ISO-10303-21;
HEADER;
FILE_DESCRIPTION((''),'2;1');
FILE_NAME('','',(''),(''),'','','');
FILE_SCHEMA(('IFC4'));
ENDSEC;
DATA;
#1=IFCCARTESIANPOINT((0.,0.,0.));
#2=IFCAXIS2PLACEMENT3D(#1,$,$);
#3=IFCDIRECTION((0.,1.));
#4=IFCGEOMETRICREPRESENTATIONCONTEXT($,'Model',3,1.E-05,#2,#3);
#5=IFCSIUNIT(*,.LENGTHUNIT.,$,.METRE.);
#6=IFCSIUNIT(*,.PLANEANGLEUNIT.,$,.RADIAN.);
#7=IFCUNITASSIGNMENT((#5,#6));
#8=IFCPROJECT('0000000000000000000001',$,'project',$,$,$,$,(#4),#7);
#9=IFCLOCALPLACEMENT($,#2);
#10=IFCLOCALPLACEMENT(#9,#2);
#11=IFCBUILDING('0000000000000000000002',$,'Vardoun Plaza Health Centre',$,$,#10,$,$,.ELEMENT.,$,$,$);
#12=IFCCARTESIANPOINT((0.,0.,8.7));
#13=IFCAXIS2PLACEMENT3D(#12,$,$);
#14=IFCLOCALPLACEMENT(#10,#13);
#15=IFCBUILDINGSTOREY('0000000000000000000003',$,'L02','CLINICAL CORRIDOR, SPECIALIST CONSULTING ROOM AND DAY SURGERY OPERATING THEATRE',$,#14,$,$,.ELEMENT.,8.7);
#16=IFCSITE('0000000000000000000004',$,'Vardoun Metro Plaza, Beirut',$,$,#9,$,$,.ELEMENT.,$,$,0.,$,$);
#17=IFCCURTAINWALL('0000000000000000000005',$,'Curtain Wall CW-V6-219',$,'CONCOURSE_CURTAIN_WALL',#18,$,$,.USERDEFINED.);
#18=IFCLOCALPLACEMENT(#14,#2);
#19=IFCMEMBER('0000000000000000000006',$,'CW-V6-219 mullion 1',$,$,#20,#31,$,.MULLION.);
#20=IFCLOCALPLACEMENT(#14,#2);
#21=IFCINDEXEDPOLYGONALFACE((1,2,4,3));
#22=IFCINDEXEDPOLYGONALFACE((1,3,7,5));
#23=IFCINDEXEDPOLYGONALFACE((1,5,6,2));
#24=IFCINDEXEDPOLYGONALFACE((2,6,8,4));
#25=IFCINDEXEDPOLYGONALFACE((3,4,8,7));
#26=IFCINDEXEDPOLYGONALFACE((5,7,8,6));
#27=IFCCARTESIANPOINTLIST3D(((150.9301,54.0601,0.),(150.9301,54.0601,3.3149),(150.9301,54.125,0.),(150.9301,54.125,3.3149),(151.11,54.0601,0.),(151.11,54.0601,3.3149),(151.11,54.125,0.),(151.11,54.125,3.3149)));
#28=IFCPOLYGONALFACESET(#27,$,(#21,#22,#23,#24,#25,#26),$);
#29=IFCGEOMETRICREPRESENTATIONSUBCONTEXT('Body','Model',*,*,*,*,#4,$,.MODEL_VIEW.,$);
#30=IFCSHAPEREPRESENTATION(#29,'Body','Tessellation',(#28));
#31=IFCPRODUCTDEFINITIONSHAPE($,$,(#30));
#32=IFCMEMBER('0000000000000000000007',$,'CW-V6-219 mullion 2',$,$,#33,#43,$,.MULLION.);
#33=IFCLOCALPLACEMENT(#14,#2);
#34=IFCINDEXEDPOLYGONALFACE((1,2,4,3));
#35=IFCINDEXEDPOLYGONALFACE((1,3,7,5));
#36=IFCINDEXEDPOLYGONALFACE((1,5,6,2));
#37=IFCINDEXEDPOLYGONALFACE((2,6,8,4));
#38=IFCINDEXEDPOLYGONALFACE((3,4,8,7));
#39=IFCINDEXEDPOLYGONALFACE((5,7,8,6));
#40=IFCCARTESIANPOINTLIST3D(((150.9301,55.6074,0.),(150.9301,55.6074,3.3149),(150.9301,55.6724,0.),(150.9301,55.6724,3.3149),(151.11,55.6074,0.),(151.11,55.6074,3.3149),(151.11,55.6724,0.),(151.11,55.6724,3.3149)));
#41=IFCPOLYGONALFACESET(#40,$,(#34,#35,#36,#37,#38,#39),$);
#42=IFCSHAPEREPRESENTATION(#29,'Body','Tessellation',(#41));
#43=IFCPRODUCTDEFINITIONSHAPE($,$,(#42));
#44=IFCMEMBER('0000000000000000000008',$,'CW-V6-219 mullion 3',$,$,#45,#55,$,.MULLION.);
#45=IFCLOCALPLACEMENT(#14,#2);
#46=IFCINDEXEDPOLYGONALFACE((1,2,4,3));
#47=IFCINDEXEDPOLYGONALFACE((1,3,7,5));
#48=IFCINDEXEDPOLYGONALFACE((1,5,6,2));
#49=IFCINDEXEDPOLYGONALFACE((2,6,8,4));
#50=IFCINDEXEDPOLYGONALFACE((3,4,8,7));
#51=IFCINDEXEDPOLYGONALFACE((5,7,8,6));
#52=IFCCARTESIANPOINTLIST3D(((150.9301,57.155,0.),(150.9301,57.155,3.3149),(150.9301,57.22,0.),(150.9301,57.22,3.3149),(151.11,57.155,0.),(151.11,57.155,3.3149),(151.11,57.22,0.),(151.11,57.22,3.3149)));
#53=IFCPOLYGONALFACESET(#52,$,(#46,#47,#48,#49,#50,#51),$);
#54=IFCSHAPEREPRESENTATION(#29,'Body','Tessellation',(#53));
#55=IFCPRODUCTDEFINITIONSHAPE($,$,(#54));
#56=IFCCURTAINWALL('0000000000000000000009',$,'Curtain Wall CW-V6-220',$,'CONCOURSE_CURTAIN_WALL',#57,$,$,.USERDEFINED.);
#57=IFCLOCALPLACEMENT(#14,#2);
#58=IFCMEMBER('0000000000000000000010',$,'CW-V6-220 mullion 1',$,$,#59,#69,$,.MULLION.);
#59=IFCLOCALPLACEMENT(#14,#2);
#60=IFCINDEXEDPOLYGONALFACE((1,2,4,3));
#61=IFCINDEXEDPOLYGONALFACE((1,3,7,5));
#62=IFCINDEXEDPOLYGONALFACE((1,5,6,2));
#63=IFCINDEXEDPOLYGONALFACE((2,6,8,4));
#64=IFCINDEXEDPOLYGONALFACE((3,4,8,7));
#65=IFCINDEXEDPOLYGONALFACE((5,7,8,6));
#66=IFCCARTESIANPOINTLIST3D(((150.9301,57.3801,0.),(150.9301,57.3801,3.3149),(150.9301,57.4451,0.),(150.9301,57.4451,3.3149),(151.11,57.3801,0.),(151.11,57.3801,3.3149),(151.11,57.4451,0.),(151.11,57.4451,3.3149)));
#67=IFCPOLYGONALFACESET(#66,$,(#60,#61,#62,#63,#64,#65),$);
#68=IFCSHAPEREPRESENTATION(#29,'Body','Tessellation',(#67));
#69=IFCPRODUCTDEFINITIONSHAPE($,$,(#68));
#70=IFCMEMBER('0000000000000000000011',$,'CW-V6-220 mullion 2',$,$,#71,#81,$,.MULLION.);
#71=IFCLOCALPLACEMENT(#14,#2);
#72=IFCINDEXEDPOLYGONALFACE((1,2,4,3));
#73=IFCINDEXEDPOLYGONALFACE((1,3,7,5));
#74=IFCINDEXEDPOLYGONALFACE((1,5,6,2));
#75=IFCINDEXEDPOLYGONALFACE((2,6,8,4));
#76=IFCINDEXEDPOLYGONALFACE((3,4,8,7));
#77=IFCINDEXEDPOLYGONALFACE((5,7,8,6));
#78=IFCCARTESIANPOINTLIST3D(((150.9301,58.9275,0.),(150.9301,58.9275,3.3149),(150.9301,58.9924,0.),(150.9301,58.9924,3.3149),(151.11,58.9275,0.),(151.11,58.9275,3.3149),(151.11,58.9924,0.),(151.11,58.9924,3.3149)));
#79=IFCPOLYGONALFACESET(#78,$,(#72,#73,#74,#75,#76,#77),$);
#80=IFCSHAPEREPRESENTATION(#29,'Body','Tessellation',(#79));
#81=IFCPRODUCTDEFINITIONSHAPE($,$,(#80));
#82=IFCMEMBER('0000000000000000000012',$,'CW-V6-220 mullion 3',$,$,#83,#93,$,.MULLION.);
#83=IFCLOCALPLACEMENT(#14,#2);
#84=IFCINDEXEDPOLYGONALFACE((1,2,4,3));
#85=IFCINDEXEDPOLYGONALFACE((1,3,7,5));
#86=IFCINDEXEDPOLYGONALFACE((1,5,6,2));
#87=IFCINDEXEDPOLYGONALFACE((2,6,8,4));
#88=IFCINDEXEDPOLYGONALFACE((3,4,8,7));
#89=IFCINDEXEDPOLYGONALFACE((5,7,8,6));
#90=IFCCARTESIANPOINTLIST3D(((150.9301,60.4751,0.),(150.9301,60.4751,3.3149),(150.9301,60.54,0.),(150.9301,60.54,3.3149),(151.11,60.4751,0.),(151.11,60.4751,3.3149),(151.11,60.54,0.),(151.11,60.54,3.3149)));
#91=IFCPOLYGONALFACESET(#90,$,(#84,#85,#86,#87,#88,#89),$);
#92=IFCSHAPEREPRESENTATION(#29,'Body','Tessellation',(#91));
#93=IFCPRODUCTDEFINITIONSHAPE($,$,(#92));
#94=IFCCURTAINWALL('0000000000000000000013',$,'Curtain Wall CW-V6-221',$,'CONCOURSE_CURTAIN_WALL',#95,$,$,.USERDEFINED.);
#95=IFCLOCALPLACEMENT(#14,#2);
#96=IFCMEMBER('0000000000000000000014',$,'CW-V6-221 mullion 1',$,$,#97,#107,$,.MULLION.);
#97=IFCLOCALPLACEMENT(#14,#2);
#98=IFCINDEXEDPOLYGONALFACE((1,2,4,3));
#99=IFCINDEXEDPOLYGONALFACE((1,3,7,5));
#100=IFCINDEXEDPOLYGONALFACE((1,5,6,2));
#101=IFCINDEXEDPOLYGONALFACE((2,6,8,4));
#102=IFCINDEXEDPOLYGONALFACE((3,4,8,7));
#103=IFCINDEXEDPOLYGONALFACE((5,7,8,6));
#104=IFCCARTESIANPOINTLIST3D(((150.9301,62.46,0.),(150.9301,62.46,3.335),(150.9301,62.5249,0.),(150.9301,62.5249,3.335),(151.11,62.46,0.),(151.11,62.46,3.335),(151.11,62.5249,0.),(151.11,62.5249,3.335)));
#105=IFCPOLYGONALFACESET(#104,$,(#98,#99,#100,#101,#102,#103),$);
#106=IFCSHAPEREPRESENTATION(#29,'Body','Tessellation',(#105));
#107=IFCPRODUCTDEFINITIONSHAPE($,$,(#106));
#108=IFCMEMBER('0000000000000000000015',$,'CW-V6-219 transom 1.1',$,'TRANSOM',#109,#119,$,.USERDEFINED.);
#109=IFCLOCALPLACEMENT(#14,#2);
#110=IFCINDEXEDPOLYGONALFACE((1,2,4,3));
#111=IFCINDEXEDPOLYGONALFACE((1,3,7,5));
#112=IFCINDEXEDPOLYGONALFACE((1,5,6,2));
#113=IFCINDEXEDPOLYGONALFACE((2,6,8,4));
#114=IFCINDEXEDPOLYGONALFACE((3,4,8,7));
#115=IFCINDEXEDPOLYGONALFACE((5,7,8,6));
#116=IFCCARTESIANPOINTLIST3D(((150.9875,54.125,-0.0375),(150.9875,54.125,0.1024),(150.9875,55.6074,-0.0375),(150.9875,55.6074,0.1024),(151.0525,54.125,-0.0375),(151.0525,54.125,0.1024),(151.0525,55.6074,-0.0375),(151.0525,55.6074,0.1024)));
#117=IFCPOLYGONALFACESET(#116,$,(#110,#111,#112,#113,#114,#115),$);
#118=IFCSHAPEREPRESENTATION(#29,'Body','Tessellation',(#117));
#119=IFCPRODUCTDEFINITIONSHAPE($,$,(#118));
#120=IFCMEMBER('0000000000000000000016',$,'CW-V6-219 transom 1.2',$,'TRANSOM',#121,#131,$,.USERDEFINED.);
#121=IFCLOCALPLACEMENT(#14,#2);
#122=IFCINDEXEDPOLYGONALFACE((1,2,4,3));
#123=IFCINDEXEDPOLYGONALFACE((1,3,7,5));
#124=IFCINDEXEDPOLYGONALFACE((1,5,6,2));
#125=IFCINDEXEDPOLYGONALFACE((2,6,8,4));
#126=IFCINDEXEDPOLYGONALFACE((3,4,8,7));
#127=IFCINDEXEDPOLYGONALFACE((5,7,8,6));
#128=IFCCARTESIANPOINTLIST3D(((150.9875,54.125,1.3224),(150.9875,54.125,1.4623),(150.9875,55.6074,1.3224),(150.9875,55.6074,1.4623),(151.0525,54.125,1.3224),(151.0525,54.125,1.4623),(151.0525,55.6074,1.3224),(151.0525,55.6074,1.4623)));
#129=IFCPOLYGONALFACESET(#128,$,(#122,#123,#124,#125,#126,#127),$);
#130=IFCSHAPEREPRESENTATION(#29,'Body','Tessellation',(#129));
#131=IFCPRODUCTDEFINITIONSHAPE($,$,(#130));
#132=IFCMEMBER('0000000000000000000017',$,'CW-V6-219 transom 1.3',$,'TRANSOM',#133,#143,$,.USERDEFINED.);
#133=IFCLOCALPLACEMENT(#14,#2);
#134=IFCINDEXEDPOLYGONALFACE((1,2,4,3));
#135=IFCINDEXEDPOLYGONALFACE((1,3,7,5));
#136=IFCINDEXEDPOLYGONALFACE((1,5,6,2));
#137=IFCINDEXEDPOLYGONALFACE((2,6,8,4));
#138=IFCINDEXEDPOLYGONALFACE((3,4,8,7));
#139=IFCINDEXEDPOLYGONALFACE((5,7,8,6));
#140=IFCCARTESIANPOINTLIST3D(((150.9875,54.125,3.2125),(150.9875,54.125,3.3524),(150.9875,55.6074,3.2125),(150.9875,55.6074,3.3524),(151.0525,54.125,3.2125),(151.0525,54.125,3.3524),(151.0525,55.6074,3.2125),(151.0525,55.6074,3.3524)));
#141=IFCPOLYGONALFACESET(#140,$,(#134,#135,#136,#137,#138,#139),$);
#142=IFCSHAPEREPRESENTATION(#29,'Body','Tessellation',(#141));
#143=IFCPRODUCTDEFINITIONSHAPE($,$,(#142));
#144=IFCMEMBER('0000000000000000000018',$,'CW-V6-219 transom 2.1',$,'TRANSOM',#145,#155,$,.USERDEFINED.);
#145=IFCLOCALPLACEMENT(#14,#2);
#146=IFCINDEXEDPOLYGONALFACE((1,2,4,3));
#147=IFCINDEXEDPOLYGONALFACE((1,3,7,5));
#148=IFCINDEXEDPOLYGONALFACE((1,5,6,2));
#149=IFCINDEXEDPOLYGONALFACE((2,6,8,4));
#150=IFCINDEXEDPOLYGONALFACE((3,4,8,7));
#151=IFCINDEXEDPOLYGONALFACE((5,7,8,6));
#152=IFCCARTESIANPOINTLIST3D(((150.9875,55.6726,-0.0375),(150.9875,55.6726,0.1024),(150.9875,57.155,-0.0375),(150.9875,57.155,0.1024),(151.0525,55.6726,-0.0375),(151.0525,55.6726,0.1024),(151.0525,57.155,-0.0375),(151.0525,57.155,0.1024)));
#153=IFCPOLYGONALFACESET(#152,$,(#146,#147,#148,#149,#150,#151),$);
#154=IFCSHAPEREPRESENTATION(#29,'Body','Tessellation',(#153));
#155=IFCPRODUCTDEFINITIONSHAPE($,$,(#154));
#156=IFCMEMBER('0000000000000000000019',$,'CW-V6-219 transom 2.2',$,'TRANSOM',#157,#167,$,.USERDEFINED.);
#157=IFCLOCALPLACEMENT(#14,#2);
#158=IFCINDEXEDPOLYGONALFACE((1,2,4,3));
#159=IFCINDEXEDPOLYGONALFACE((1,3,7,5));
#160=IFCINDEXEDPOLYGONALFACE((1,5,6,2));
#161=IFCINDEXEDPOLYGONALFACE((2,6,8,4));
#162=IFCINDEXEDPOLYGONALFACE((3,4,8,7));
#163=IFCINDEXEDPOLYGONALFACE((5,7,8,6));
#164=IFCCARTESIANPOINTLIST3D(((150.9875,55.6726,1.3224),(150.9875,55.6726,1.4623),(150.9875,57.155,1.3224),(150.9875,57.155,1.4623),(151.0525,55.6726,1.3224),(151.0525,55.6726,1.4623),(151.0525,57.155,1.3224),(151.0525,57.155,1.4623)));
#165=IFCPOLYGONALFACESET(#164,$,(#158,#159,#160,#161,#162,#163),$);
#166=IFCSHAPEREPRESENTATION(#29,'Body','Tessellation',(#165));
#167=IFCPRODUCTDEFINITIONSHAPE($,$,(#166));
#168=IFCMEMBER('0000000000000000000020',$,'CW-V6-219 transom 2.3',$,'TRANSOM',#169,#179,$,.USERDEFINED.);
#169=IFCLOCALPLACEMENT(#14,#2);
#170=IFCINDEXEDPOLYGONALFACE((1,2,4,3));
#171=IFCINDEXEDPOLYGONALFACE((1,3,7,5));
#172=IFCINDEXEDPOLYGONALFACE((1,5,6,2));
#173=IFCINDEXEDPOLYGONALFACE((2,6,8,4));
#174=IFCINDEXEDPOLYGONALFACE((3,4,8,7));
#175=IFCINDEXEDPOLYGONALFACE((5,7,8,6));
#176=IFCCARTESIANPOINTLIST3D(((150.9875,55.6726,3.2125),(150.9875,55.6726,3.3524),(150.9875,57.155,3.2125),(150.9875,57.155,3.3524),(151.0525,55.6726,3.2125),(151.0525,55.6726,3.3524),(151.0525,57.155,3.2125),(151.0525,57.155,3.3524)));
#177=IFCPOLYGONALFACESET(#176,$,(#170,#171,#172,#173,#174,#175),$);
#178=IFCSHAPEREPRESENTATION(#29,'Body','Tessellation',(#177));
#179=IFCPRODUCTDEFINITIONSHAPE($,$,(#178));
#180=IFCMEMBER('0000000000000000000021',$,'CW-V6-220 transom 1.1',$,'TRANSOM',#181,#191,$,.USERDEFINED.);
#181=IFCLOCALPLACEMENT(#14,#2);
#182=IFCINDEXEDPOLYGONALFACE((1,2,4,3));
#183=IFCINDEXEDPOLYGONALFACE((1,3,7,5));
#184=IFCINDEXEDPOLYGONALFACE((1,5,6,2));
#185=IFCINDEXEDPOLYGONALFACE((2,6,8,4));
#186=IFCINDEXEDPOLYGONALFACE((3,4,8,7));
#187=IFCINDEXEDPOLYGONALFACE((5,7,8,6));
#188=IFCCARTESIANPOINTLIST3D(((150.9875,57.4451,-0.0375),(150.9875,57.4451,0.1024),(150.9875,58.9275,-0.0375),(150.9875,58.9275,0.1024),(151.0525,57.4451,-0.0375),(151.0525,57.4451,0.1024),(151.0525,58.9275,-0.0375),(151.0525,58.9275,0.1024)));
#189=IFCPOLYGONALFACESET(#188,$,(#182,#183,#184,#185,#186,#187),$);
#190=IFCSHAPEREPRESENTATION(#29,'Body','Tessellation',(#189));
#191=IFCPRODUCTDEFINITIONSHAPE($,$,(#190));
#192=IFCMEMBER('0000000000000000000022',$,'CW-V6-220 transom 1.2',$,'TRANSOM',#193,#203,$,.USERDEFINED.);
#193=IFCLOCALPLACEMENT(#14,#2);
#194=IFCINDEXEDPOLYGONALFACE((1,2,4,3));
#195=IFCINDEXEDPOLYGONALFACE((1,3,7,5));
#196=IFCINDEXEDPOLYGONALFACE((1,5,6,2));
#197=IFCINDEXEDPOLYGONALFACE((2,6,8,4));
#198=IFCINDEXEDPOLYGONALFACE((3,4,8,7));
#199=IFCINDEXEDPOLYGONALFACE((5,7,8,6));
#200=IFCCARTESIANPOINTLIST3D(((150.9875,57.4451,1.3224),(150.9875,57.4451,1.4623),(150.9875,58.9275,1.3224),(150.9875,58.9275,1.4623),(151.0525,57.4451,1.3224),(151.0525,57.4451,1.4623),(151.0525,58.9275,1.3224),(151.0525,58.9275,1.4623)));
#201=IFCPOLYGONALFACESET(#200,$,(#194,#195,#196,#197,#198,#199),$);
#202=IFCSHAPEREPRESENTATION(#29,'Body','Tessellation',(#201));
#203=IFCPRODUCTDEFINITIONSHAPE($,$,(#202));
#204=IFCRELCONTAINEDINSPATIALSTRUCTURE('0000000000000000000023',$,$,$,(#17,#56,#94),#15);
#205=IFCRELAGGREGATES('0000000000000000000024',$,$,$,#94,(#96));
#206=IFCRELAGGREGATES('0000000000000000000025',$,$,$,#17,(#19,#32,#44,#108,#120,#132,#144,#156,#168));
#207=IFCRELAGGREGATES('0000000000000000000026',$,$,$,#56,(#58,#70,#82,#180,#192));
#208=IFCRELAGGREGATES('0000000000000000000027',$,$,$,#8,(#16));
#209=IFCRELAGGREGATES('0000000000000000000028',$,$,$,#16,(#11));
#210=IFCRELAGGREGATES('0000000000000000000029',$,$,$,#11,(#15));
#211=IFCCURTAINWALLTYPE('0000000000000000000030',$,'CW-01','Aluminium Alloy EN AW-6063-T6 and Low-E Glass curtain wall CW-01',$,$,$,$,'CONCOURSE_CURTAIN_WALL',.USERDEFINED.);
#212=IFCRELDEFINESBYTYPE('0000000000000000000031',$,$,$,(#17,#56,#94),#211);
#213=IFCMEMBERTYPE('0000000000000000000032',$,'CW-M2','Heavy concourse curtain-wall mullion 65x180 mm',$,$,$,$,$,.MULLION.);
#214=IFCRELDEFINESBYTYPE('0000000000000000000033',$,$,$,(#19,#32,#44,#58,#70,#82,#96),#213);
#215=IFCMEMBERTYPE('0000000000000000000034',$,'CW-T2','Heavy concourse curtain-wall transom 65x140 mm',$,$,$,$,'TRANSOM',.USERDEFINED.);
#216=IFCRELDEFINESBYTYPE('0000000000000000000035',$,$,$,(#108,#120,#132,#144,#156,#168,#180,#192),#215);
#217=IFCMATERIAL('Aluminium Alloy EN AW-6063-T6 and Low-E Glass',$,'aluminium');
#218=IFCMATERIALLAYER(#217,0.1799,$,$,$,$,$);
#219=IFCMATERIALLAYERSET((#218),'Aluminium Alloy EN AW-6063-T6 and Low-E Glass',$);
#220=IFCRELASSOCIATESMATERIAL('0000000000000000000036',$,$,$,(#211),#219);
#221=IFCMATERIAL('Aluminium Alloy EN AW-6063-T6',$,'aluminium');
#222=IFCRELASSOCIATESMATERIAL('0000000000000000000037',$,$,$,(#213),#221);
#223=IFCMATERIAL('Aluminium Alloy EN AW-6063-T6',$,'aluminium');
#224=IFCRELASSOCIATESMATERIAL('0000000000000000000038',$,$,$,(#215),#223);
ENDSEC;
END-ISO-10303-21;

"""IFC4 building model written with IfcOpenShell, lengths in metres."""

from ifc_helpers import new_model, si_unit, direction, frame, origin, origin_2d, place, context, subcontext, project, spatial, rectangle, extrude, material, layer, layer_set, material_profile, profile_set, type_object, element, aggregate, save


model = new_model("IFC4")

# Units and contexts
model_context = context("Model", 3, precision=1e-05, world=origin(), true_north=direction((0.0, 1.0)))
body_context = subcontext(model_context, "Body", "Model", "MODEL_VIEW")
ifc_project = project(units=[si_unit("LENGTHUNIT", "METRE"), si_unit("PLANEANGLEUNIT", "RADIAN")], contexts=[model_context])

# Site, building, storey
site_placement = place(None, origin())
site = spatial("IfcSite", under=ifc_project, at=site_placement, Name="Vardoun Metro Plaza, Beirut", CompositionType="ELEMENT", RefElevation=0.0)
building_placement = place(site_placement, origin())
building = spatial("IfcBuilding", under=site, at=building_placement, Name="Vardoun Plaza Health Centre", CompositionType="ELEMENT")
storey_placement = place(building_placement, frame((0.0, 0.0, 8.7)))
storey = spatial("IfcBuildingStorey", under=building, at=storey_placement, Name="L02", Description="CLINICAL CORRIDOR, SPECIALIST CONSULTING ROOM AND DAY SURGERY OPERATING THEATRE", CompositionType="ELEMENT", Elevation=8.7)

# Curtain walls, members
ifc_material_1 = material(Name="Aluminium Alloy EN AW-6063-T6 and Low-E Glass", Category="aluminium")
ifc_layer_1 = layer(ifc_material_1, 0.1799)
ifc_layer_set_1 = layer_set([ifc_layer_1], Name="Aluminium Alloy EN AW-6063-T6 and Low-E Glass")
curtain_wall_type = type_object("IfcCurtainWallType", Name="CW-01", Description="Aluminium Alloy EN AW-6063-T6 and Low-E Glass curtain wall CW-01", ElementType="CONCOURSE_CURTAIN_WALL", PredefinedType="USERDEFINED", material=ifc_layer_set_1)
curtain_wall_1_placement = place(storey_placement, origin())
curtain_wall_1 = element("IfcCurtainWall", 1, at=curtain_wall_1_placement, inside=storey, type_object=curtain_wall_type, Name="Curtain Wall CW-V6-219", ObjectType="CONCOURSE_CURTAIN_WALL", PredefinedType="USERDEFINED")
ifc_material_2 = material(Name="Aluminium Alloy EN AW-6063-T6", Category="aluminium")
ifc_material_profile_1 = material_profile(ifc_material_2, rectangle(XDim=0.1799, YDim=0.0649, at=origin_2d()), Name="CWM 65x180")
ifc_profile_set_1 = profile_set([ifc_material_profile_1], Name="Aluminium Alloy EN AW-6063-T6")
member_type_1 = type_object("IfcMemberType", Name="CW-M2", Description="Heavy concourse curtain-wall mullion 65x180 mm", PredefinedType="MULLION", material=ifc_profile_set_1)
member_1_placement = place(storey_placement, frame((151.02, 54.0925, 0.0), z_axis=(0.0, 0.0, 1.0), x_axis=(-1.0, 0.0, 0.0)))
member_1 = element("IfcMember", 2, at=member_1_placement, type_object=member_type_1, Name="CW-V6-219 mullion 1", PredefinedType="MULLION", context=body_context, shape_type="SweptSolid", body=[
    extrude(rectangle(XDim=0.1799, YDim=0.0649, at=origin_2d()), origin(), (0.0, 0.0, 1.0), 3.3149),
])
member_2_placement = place(storey_placement, frame((151.02, 55.6399, 0.0), z_axis=(0.0, 0.0, 1.0), x_axis=(-1.0, 0.0, 0.0)))
member_2 = element("IfcMember", 3, at=member_2_placement, type_object=member_type_1, Name="CW-V6-219 mullion 2", PredefinedType="MULLION", context=body_context, shape_type="SweptSolid", body=[
    extrude(rectangle(XDim=0.1799, YDim=0.0649, at=origin_2d()), origin(), (0.0, 0.0, 1.0), 3.3149),
])
member_3_placement = place(storey_placement, frame((151.02, 57.1875, 0.0), z_axis=(0.0, 0.0, 1.0), x_axis=(-1.0, 0.0, 0.0)))
member_3 = element("IfcMember", 4, at=member_3_placement, type_object=member_type_1, Name="CW-V6-219 mullion 3", PredefinedType="MULLION", context=body_context, shape_type="SweptSolid", body=[
    extrude(rectangle(XDim=0.1799, YDim=0.0649, at=origin_2d()), origin(), (0.0, 0.0, 1.0), 3.3149),
])
curtain_wall_2_placement = place(storey_placement, origin())
curtain_wall_2 = element("IfcCurtainWall", 5, at=curtain_wall_2_placement, inside=storey, type_object=curtain_wall_type, Name="Curtain Wall CW-V6-220", ObjectType="CONCOURSE_CURTAIN_WALL", PredefinedType="USERDEFINED")
member_4_placement = place(storey_placement, frame((151.02, 57.4126, 0.0), z_axis=(0.0, 0.0, 1.0), x_axis=(-1.0, 0.0, 0.0)))
member_4 = element("IfcMember", 6, at=member_4_placement, type_object=member_type_1, Name="CW-V6-220 mullion 1", PredefinedType="MULLION", context=body_context, shape_type="SweptSolid", body=[
    extrude(rectangle(XDim=0.1799, YDim=0.0649, at=origin_2d()), origin(), (0.0, 0.0, 1.0), 3.3149),
])
member_5_placement = place(storey_placement, frame((151.02, 58.96, 0.0), z_axis=(0.0, 0.0, 1.0), x_axis=(-1.0, 0.0, 0.0)))
member_5 = element("IfcMember", 7, at=member_5_placement, type_object=member_type_1, Name="CW-V6-220 mullion 2", PredefinedType="MULLION", context=body_context, shape_type="SweptSolid", body=[
    extrude(rectangle(XDim=0.1799, YDim=0.0649, at=origin_2d()), origin(), (0.0, 0.0, 1.0), 3.3149),
])
member_6_placement = place(storey_placement, frame((151.02, 60.5076, 0.0), z_axis=(0.0, 0.0, 1.0), x_axis=(-1.0, 0.0, 0.0)))
member_6 = element("IfcMember", 8, at=member_6_placement, type_object=member_type_1, Name="CW-V6-220 mullion 3", PredefinedType="MULLION", context=body_context, shape_type="SweptSolid", body=[
    extrude(rectangle(XDim=0.1799, YDim=0.0649, at=origin_2d()), origin(), (0.0, 0.0, 1.0), 3.3149),
])

# Curtain wall, member
curtain_wall_3_placement = place(storey_placement, origin())
curtain_wall_3 = element("IfcCurtainWall", 9, at=curtain_wall_3_placement, inside=storey, type_object=curtain_wall_type, Name="Curtain Wall CW-V6-221", ObjectType="CONCOURSE_CURTAIN_WALL", PredefinedType="USERDEFINED")
member_7_placement = place(storey_placement, frame((151.02, 62.4924, 0.0), z_axis=(0.0, 0.0, 1.0), x_axis=(-1.0, 0.0, 0.0)))
member_7 = element("IfcMember", 10, at=member_7_placement, type_object=member_type_1, Name="CW-V6-221 mullion 1", PredefinedType="MULLION", context=body_context, shape_type="SweptSolid", body=[
    extrude(rectangle(XDim=0.1799, YDim=0.0649, at=origin_2d()), origin(), (0.0, 0.0, 1.0), 3.335),
])
aggregate(curtain_wall_3, [member_7])

# Members
ifc_material_3 = material(Name="Aluminium Alloy EN AW-6063-T6", Category="aluminium")
ifc_material_profile_2 = material_profile(ifc_material_3, rectangle(XDim=0.0649, YDim=0.1399, at=origin_2d()), Name="CWT 65x140")
ifc_profile_set_2 = profile_set([ifc_material_profile_2], Name="Aluminium Alloy EN AW-6063-T6")
member_type_2 = type_object("IfcMemberType", Name="CW-T2", Description="Heavy concourse curtain-wall transom 65x140 mm", ElementType="TRANSOM", PredefinedType="USERDEFINED", material=ifc_profile_set_2)
member_8_placement = place(storey_placement, frame((151.02, 54.125, 0.0325), z_axis=(0.0, 1.0, 0.0), x_axis=(-1.0, 0.0, 0.0)))
member_8 = element("IfcMember", 11, at=member_8_placement, type_object=member_type_2, Name="CW-V6-219 transom 1.1", ObjectType="TRANSOM", PredefinedType="USERDEFINED", context=body_context, shape_type="SweptSolid", body=[
    extrude(rectangle(XDim=0.0649, YDim=0.1399, at=origin_2d()), origin(), (0.0, 0.0, 1.0), 1.4824),
])
member_9_placement = place(storey_placement, frame((151.02, 54.125, 1.3923), z_axis=(0.0, 1.0, 0.0), x_axis=(-1.0, 0.0, 0.0)))
member_9 = element("IfcMember", 12, at=member_9_placement, type_object=member_type_2, Name="CW-V6-219 transom 1.2", ObjectType="TRANSOM", PredefinedType="USERDEFINED", context=body_context, shape_type="SweptSolid", body=[
    extrude(rectangle(XDim=0.0649, YDim=0.1399, at=origin_2d()), origin(), (0.0, 0.0, 1.0), 1.4824),
])
member_10_placement = place(storey_placement, frame((151.02, 54.125, 3.2825), z_axis=(0.0, 1.0, 0.0), x_axis=(-1.0, 0.0, 0.0)))
member_10 = element("IfcMember", 13, at=member_10_placement, type_object=member_type_2, Name="CW-V6-219 transom 1.3", ObjectType="TRANSOM", PredefinedType="USERDEFINED", context=body_context, shape_type="SweptSolid", body=[
    extrude(rectangle(XDim=0.0649, YDim=0.1399, at=origin_2d()), origin(), (0.0, 0.0, 1.0), 1.4824),
])
member_11_placement = place(storey_placement, frame((151.02, 55.6726, 0.0325), z_axis=(0.0, 1.0, 0.0), x_axis=(-1.0, 0.0, 0.0)))
member_11 = element("IfcMember", 14, at=member_11_placement, type_object=member_type_2, Name="CW-V6-219 transom 2.1", ObjectType="TRANSOM", PredefinedType="USERDEFINED", context=body_context, shape_type="SweptSolid", body=[
    extrude(rectangle(XDim=0.0649, YDim=0.1399, at=origin_2d()), origin(), (0.0, 0.0, 1.0), 1.4824),
])
member_12_placement = place(storey_placement, frame((151.02, 55.6726, 1.3923), z_axis=(0.0, 1.0, 0.0), x_axis=(-1.0, 0.0, 0.0)))
member_12 = element("IfcMember", 15, at=member_12_placement, type_object=member_type_2, Name="CW-V6-219 transom 2.2", ObjectType="TRANSOM", PredefinedType="USERDEFINED", context=body_context, shape_type="SweptSolid", body=[
    extrude(rectangle(XDim=0.0649, YDim=0.1399, at=origin_2d()), origin(), (0.0, 0.0, 1.0), 1.4824),
])
member_13_placement = place(storey_placement, frame((151.02, 55.6726, 3.2825), z_axis=(0.0, 1.0, 0.0), x_axis=(-1.0, 0.0, 0.0)))
member_13 = element("IfcMember", 16, at=member_13_placement, type_object=member_type_2, Name="CW-V6-219 transom 2.3", ObjectType="TRANSOM", PredefinedType="USERDEFINED", context=body_context, shape_type="SweptSolid", body=[
    extrude(rectangle(XDim=0.0649, YDim=0.1399, at=origin_2d()), origin(), (0.0, 0.0, 1.0), 1.4824),
])
member_14_placement = place(storey_placement, frame((151.02, 57.4451, 0.0325), z_axis=(0.0, 1.0, 0.0), x_axis=(-1.0, 0.0, 0.0)))
member_14 = element("IfcMember", 17, at=member_14_placement, type_object=member_type_2, Name="CW-V6-220 transom 1.1", ObjectType="TRANSOM", PredefinedType="USERDEFINED", context=body_context, shape_type="SweptSolid", body=[
    extrude(rectangle(XDim=0.0649, YDim=0.1399, at=origin_2d()), origin(), (0.0, 0.0, 1.0), 1.4824),
])
member_15_placement = place(storey_placement, frame((151.02, 57.4451, 1.3923), z_axis=(0.0, 1.0, 0.0), x_axis=(-1.0, 0.0, 0.0)))
member_15 = element("IfcMember", 18, at=member_15_placement, type_object=member_type_2, Name="CW-V6-220 transom 1.2", ObjectType="TRANSOM", PredefinedType="USERDEFINED", context=body_context, shape_type="SweptSolid", body=[
    extrude(rectangle(XDim=0.0649, YDim=0.1399, at=origin_2d()), origin(), (0.0, 0.0, 1.0), 1.4824),
])

aggregate(curtain_wall_1, [member_1, member_2, member_3, member_8, member_9, member_10, member_11, member_12, member_13])
aggregate(curtain_wall_2, [member_4, member_5, member_6, member_14, member_15])

save(model, "model.ifc")
